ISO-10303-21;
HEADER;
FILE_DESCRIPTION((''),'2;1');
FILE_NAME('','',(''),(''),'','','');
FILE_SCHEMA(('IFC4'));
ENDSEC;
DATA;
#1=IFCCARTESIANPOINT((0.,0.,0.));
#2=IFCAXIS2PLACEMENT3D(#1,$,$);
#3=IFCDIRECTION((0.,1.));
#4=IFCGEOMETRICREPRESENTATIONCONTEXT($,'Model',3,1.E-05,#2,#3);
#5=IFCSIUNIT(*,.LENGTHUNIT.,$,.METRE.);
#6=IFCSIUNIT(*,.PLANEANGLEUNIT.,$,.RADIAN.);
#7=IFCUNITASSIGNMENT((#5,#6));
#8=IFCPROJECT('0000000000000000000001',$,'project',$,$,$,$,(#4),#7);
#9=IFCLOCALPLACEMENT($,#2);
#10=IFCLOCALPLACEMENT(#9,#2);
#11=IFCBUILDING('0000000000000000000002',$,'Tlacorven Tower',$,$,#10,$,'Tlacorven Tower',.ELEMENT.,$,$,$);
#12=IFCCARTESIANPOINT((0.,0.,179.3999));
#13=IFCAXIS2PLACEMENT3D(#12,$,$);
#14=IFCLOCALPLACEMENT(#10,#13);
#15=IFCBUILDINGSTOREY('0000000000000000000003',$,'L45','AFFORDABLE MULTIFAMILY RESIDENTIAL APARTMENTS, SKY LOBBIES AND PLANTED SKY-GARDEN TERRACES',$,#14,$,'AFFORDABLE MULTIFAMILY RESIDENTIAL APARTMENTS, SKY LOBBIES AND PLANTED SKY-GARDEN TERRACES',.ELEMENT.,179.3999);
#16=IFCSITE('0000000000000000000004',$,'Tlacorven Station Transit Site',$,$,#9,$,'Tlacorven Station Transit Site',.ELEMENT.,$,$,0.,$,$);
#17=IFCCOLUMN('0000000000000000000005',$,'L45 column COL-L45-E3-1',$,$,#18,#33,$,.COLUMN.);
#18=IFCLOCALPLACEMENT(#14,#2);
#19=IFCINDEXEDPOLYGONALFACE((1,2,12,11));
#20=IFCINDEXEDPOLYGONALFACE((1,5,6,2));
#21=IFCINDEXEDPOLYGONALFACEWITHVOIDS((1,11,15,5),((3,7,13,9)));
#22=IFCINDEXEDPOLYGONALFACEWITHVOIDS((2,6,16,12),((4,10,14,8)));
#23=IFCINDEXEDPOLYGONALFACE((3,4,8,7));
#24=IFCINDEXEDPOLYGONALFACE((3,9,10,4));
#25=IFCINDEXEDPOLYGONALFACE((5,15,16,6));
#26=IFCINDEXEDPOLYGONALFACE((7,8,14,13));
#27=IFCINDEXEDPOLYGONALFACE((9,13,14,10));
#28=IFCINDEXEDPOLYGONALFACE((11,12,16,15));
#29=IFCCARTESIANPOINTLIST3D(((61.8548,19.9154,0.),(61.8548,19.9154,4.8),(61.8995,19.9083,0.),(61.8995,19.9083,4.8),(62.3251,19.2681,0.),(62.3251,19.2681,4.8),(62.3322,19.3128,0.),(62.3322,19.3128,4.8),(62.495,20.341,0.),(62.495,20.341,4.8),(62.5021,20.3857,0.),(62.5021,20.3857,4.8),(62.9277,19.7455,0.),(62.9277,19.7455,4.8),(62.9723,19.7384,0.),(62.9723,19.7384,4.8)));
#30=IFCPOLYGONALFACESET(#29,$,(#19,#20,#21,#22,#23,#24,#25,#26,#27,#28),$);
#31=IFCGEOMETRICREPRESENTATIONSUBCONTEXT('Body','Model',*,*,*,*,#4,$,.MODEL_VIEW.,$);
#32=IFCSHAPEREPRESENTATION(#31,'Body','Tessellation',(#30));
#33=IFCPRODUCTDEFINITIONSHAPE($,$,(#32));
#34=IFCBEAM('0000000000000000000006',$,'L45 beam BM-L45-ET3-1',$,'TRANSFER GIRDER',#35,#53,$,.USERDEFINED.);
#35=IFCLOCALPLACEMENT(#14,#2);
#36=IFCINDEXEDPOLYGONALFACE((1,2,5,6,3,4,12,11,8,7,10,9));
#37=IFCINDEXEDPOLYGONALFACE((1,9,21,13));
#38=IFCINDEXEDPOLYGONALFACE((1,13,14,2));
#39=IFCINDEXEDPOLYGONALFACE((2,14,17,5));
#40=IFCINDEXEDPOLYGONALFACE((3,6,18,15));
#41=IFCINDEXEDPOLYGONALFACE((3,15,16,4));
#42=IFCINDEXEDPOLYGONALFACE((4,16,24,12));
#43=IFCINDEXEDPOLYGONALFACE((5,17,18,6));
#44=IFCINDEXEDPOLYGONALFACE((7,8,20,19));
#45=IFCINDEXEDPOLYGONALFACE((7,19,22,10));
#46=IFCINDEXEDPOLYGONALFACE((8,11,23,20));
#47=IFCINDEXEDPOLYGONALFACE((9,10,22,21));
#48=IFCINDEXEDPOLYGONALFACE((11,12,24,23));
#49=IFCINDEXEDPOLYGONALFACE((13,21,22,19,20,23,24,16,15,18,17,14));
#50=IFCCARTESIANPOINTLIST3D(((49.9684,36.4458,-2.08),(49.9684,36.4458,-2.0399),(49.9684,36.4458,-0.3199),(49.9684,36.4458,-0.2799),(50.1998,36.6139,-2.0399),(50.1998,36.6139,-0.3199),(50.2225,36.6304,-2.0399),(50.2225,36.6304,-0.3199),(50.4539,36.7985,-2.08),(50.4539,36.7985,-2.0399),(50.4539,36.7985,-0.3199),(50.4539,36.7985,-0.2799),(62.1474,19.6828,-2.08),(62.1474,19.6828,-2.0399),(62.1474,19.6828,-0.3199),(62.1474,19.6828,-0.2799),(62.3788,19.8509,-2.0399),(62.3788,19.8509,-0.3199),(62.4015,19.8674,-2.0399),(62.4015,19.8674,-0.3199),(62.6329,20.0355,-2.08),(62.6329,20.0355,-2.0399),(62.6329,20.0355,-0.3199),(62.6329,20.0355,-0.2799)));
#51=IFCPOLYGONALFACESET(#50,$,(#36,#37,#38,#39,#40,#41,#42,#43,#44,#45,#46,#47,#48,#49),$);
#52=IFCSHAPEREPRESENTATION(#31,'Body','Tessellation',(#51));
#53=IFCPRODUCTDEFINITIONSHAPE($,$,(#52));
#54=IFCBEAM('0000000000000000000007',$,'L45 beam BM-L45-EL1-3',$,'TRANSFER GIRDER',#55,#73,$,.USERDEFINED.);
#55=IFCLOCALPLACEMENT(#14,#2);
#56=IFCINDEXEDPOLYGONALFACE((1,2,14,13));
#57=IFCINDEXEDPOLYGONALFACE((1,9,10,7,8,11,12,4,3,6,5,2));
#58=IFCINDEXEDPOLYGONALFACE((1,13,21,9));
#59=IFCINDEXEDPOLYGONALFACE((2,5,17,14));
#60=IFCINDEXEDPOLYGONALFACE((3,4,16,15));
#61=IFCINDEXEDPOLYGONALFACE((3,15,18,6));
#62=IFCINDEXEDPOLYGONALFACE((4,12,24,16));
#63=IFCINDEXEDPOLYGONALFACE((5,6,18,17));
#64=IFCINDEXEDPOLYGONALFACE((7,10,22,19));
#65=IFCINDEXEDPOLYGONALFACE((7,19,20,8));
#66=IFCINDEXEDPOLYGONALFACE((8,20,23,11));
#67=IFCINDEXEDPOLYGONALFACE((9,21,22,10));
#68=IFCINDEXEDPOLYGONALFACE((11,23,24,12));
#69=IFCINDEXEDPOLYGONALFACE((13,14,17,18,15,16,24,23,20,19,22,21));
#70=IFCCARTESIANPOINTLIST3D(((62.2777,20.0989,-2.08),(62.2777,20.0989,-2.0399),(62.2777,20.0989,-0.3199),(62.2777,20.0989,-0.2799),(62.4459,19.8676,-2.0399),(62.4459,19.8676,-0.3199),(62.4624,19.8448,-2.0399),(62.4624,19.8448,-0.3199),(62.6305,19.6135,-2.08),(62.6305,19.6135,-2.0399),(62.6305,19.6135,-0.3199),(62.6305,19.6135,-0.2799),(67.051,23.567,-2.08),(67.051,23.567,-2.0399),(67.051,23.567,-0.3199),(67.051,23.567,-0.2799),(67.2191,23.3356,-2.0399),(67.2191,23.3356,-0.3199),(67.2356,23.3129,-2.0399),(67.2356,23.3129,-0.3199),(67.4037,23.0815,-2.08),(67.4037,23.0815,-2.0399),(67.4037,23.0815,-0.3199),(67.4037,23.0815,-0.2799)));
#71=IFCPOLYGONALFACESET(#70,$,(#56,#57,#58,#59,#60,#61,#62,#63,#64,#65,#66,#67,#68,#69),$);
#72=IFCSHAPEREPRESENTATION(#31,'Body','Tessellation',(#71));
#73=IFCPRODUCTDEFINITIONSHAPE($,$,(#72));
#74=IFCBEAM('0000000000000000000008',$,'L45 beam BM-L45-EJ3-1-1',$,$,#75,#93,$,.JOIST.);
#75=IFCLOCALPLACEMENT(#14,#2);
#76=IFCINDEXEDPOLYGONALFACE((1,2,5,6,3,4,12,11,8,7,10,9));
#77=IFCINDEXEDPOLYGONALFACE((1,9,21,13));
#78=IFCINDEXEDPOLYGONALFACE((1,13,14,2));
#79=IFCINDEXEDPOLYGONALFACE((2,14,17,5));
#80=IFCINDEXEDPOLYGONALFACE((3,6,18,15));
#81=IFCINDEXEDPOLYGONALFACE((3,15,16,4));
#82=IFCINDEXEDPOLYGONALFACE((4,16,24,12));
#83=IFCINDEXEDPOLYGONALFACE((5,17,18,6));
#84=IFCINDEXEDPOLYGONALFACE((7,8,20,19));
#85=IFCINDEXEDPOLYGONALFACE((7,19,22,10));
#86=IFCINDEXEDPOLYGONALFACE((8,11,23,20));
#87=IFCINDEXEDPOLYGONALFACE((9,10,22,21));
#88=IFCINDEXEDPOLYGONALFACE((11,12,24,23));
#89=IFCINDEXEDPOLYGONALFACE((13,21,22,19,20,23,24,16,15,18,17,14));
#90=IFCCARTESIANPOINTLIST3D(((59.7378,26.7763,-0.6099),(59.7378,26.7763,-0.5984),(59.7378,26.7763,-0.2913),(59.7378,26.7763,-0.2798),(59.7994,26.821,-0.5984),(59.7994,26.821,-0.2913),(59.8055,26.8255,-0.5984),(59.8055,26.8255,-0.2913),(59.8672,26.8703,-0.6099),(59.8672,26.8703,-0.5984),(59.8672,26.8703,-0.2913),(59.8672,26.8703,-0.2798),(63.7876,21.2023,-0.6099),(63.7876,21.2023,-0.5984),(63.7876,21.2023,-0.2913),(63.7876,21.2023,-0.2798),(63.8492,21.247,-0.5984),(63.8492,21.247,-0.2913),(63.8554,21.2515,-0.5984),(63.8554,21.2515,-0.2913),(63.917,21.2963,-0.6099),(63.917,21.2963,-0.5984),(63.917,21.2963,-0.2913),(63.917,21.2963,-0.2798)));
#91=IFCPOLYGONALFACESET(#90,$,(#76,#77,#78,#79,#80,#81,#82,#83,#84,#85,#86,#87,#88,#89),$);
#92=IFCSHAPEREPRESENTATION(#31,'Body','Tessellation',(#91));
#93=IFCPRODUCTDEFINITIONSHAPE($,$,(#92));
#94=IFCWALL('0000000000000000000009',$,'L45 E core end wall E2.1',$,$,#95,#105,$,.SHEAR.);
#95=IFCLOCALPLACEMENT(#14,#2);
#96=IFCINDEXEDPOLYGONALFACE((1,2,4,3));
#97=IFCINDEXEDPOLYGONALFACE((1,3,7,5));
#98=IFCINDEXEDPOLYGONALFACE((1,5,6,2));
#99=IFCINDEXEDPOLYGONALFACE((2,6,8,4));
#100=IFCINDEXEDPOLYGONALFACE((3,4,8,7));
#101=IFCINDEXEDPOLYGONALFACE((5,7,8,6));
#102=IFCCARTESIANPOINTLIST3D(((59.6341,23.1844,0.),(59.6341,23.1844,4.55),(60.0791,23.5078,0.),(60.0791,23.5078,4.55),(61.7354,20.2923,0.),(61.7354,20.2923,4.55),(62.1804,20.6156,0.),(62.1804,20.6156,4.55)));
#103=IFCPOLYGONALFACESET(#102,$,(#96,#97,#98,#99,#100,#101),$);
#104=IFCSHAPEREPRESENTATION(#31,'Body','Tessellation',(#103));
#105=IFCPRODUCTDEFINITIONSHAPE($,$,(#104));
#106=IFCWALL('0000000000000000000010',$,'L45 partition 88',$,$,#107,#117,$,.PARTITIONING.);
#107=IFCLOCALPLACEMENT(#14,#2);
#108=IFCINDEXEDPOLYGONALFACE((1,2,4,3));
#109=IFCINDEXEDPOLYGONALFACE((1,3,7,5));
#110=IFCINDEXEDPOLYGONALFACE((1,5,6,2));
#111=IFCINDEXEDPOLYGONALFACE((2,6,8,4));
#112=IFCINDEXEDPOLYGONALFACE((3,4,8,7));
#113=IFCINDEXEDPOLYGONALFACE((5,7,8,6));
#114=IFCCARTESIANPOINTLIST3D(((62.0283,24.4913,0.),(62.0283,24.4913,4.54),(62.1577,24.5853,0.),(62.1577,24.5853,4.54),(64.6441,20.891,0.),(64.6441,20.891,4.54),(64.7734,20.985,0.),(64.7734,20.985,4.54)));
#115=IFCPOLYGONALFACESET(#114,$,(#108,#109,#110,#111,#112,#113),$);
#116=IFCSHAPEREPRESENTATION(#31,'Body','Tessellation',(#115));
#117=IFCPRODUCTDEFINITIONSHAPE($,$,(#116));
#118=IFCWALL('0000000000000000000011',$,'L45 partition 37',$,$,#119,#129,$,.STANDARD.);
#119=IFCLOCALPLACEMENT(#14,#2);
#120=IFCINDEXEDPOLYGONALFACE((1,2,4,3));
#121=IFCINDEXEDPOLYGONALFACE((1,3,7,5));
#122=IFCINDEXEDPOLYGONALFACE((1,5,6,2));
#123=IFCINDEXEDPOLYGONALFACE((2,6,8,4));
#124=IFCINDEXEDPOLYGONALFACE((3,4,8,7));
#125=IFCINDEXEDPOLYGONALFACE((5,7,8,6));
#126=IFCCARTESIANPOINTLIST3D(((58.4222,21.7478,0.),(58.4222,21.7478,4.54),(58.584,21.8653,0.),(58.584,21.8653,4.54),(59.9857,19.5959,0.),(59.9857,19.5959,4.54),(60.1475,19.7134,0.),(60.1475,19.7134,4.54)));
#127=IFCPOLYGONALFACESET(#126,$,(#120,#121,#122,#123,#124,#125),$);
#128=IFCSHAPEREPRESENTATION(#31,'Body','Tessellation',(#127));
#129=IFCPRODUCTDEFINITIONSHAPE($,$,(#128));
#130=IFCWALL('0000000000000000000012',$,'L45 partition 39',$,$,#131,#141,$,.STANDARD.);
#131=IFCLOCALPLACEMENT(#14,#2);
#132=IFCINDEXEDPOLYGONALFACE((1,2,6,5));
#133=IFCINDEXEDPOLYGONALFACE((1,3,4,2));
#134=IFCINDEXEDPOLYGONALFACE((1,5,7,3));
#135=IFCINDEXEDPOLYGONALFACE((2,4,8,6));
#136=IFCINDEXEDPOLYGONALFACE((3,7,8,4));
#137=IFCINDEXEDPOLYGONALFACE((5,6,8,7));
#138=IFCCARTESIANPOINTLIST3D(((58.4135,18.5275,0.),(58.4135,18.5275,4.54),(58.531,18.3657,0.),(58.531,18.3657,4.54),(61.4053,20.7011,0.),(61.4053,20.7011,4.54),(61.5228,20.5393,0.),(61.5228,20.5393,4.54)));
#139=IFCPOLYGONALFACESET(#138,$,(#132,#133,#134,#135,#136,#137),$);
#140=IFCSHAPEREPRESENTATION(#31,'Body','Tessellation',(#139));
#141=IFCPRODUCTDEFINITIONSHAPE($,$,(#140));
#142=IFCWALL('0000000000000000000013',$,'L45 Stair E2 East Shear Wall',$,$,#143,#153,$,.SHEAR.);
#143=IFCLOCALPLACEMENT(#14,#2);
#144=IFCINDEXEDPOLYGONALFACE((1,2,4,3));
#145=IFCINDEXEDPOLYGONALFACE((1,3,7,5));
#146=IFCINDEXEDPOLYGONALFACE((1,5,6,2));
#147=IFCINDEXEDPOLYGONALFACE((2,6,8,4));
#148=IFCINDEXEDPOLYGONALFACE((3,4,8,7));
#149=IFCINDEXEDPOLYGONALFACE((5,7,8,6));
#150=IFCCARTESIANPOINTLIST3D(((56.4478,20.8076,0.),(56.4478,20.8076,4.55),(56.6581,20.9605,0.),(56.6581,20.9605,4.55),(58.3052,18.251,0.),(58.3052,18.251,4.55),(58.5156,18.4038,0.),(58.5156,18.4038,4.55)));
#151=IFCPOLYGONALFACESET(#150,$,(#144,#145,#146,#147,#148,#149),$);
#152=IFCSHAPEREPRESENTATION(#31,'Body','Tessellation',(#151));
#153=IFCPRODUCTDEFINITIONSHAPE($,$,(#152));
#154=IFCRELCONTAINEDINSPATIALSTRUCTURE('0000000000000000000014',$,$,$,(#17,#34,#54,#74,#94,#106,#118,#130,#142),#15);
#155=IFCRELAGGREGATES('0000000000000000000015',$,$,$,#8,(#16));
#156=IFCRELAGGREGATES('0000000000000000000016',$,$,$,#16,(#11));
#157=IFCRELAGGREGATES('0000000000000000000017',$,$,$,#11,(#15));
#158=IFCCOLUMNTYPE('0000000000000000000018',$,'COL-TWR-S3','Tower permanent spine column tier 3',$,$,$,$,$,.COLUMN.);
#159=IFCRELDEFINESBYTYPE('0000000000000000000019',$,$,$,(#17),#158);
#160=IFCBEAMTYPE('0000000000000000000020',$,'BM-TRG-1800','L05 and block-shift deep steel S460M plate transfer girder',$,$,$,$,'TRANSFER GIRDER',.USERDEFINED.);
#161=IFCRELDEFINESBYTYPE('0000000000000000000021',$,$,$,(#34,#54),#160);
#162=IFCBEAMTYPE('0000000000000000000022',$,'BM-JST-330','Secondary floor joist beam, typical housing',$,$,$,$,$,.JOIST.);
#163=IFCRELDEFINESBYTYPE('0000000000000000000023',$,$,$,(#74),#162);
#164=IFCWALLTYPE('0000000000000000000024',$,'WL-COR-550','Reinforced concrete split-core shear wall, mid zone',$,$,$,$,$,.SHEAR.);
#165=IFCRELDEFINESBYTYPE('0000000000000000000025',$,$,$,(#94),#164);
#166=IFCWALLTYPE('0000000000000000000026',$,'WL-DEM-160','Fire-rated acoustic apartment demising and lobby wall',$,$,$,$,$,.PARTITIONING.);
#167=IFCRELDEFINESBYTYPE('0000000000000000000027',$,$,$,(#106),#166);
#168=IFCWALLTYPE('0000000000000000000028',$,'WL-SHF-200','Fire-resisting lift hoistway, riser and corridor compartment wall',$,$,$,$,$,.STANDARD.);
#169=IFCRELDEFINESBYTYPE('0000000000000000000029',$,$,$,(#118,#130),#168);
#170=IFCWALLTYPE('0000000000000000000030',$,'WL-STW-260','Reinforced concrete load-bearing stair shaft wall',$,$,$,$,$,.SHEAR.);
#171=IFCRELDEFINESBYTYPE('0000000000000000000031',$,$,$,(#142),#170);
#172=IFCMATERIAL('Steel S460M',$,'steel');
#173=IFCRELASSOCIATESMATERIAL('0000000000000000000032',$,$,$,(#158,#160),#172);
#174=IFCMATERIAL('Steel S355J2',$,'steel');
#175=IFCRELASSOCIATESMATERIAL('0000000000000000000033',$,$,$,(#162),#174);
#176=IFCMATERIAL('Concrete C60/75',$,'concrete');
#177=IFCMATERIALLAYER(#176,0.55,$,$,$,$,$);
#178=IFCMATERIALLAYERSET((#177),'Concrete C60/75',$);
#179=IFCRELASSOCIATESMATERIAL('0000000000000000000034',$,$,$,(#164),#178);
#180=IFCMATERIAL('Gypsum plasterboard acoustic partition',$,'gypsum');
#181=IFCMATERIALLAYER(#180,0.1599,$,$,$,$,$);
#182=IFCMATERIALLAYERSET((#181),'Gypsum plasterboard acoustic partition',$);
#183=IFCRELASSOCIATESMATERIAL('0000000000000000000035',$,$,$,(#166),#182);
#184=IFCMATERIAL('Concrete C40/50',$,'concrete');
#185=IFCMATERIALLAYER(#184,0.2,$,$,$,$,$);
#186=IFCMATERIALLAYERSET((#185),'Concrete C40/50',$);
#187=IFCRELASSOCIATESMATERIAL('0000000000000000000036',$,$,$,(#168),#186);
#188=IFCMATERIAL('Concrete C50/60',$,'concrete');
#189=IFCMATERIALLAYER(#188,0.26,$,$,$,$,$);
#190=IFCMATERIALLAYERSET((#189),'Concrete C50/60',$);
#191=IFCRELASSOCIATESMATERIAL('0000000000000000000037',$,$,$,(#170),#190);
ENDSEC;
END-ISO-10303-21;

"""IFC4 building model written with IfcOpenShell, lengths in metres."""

from ifc_helpers import new_model, si_unit, direction, frame, frame_2d, origin, origin_2d, place, context, subcontext, project, spatial, rectangle, hollow_rectangle, i_section, extrude, source, transform, mapped, material, layer, layer_set, material_profile, profile_set, type_object, element, save


model = new_model("IFC4")

# Units and contexts
model_context = context("Model", 3, precision=1e-05, world=origin(), true_north=direction((0.0, 1.0)))
body_context = subcontext(model_context, "Body", "Model", "MODEL_VIEW")
ifc_project = project(units=[si_unit("LENGTHUNIT", "METRE"), si_unit("PLANEANGLEUNIT", "RADIAN")], contexts=[model_context])

# Site, building, storey
site_placement = place(None, origin())
site = spatial("IfcSite", under=ifc_project, at=site_placement, Name="Tlacorven Station Transit Site", LongName="Tlacorven Station Transit Site", CompositionType="ELEMENT", RefElevation=0.0)
building_placement = place(site_placement, origin())
building = spatial("IfcBuilding", under=site, at=building_placement, Name="Tlacorven Tower", LongName="Tlacorven Tower", CompositionType="ELEMENT")
storey_placement = place(building_placement, frame((0.0, 0.0, 179.3999)))
storey = spatial("IfcBuildingStorey", under=building, at=storey_placement, Name="L45", Description="AFFORDABLE MULTIFAMILY RESIDENTIAL APARTMENTS, SKY LOBBIES AND PLANTED SKY-GARDEN TERRACES", LongName="AFFORDABLE MULTIFAMILY RESIDENTIAL APARTMENTS, SKY LOBBIES AND PLANTED SKY-GARDEN TERRACES", CompositionType="ELEMENT", Elevation=179.3999)

# Column
ifc_material_1 = material(Name="Steel S460M", Category="steel")
ifc_material_profile_1 = material_profile(ifc_material_1, hollow_rectangle(XDim=0.8, YDim=0.8, WallThickness=0.032, at=origin_2d()), Name="BOX 800X800X32")
ifc_profile_set_1 = profile_set([ifc_material_profile_1], Name="Steel S460M")
column_type = type_object("IfcColumnType", Name="COL-TWR-S3", Description="Tower permanent spine column tier 3", PredefinedType="COLUMN", material=ifc_profile_set_1)
shared_shape_1 = source(origin(), body_context, "Body", "SweptSolid", [
    extrude(hollow_rectangle(XDim=0.8, YDim=0.8, WallThickness=0.032, at=origin_2d()), origin(), (0.0, 0.0, 1.0), 4.8),
])
column_placement = place(storey_placement, frame((62.4136, 19.8269, 0.0), z_axis=(0.0, 0.0, 1.0), x_axis=(0.809017, 0.587785, 0.0)))
element("IfcColumn", 1, at=column_placement, inside=storey, type_object=column_type, Name="L45 column COL-L45-E3-1", PredefinedType="COLUMN", context=body_context, shape_type="MappedRepresentation", body=[
    mapped(shared_shape_1, transform((0.0, 0.0, 0.0), scale=1.0)),
])

# Beams
ifc_material_profile_2 = material_profile(ifc_material_1, i_section(OverallWidth=0.6001, OverallDepth=1.8, WebThickness=0.0281, FlangeThickness=0.04, at=origin_2d()), Name="PG 1800X600X28X40")
ifc_profile_set_2 = profile_set([ifc_material_profile_2], Name="Steel S460M")
beam_type_1 = type_object("IfcBeamType", Name="BM-TRG-1800", Description="L05 and block-shift deep steel S460M plate transfer girder", ElementType="TRANSFER GIRDER", PredefinedType="USERDEFINED", material=ifc_profile_set_2)
shared_shape_2 = source(origin(), body_context, "Body", "SweptSolid", [
    extrude(i_section(OverallWidth=0.6001, OverallDepth=1.8, WebThickness=0.0281, FlangeThickness=0.04, at=origin_2d()), origin(), (0.0, 0.0, 1.0), 20.7202),
])
beam_1_placement = place(storey_placement, frame((62.3901, 19.8591, -1.1799), z_axis=(-0.587784, 0.809018, 0.0), x_axis=(-0.809018, -0.587784, 0.0)))
element("IfcBeam", 2, at=beam_1_placement, inside=storey, type_object=beam_type_1, Name="L45 beam BM-L45-ET3-1", ObjectType="TRANSFER GIRDER", PredefinedType="USERDEFINED", context=body_context, shape_type="MappedRepresentation", body=[
    mapped(shared_shape_2, transform((0.0, 0.0, 0.0), scale=1.0)),
])
shared_shape_3 = source(origin(), body_context, "Body", "SweptSolid", [
    extrude(i_section(OverallWidth=0.6001, OverallDepth=1.8, WebThickness=0.0281, FlangeThickness=0.04, at=origin_2d()), origin(), (0.0, 0.0, 1.0), 5.9001),
])
beam_2_placement = place(storey_placement, frame((62.4541, 19.8562, -1.1799), z_axis=(0.80901, 0.587795, 0.0), x_axis=(-0.587795, 0.80901, 0.0)))
element("IfcBeam", 3, at=beam_2_placement, inside=storey, type_object=beam_type_1, Name="L45 beam BM-L45-EL1-3", ObjectType="TRANSFER GIRDER", PredefinedType="USERDEFINED", context=body_context, shape_type="MappedRepresentation", body=[
    mapped(shared_shape_3, transform((0.0, 0.0, 0.0), scale=1.0)),
])
ifc_material_2 = material(Name="Steel S355J2", Category="steel")
ifc_material_profile_3 = material_profile(ifc_material_2, i_section(OverallWidth=0.1599, OverallDepth=0.3301, WebThickness=0.0076, FlangeThickness=0.0115, at=origin_2d()), Name="IPE 330")
ifc_profile_set_3 = profile_set([ifc_material_profile_3], Name="Steel S355J2")
beam_type_2 = type_object("IfcBeamType", Name="BM-JST-330", Description="Secondary floor joist beam, typical housing", PredefinedType="JOIST", material=ifc_profile_set_3)
shared_shape_4 = source(origin(), body_context, "Body", "SweptSolid", [
    extrude(i_section(OverallWidth=0.1599, OverallDepth=0.3301, WebThickness=0.0076, FlangeThickness=0.0115, at=origin_2d()), origin(), (0.0, 0.0, 1.0), 6.8899),
])
beam_3_placement = place(storey_placement, frame((63.8523, 21.2493, -0.4448), z_axis=(-0.587792, 0.809012, 0.0), x_axis=(-0.809012, -0.587792, 0.0)))
element("IfcBeam", 4, at=beam_3_placement, inside=storey, type_object=beam_type_2, Name="L45 beam BM-L45-EJ3-1-1", PredefinedType="JOIST", context=body_context, shape_type="MappedRepresentation", body=[
    mapped(shared_shape_4, transform((0.0, 0.0, 0.0), scale=1.0)),
])

# Walls
ifc_material_3 = material(Name="Concrete C60/75", Category="concrete")
ifc_layer_1 = layer(ifc_material_3, 0.55)
ifc_layer_set_1 = layer_set([ifc_layer_1], Name="Concrete C60/75")
wall_type_1 = type_object("IfcWallType", Name="WL-COR-550", Description="Reinforced concrete split-core shear wall, mid zone", PredefinedType="SHEAR", material=ifc_layer_set_1)
wall_1_placement = place(storey_placement, frame((61.958, 20.4539, 0.0), z_axis=(0.0, 0.0, 1.0), x_axis=(-0.587802, 0.809005, 0.0)))
element("IfcWall", 5, at=wall_1_placement, inside=storey, type_object=wall_type_1, Name="L45 E core end wall E2.1", PredefinedType="SHEAR", context=body_context, shape_type="SweptSolid", body=[
    extrude(rectangle(XDim=3.575, YDim=0.55, at=frame_2d((1.7876, 0.0))), origin(), (0.0, 0.0, 1.0), 4.55),
])
ifc_material_4 = material(Name="Gypsum plasterboard acoustic partition", Category="gypsum")
ifc_layer_2 = layer(ifc_material_4, 0.1599)
ifc_layer_set_2 = layer_set([ifc_layer_2], Name="Gypsum plasterboard acoustic partition")
wall_type_2 = type_object("IfcWallType", Name="WL-DEM-160", Description="Fire-rated acoustic apartment demising and lobby wall", PredefinedType="PARTITIONING", material=ifc_layer_set_2)
wall_2_placement = place(storey_placement, frame((64.7087, 20.938, 0.0), z_axis=(0.0, 0.0, 1.0), x_axis=(-0.587774, 0.809025, 0.0)))
element("IfcWall", 6, at=wall_2_placement, inside=storey, type_object=wall_type_2, Name="L45 partition 88", PredefinedType="PARTITIONING", context=body_context, shape_type="SweptSolid", body=[
    extrude(rectangle(XDim=4.4502, YDim=0.1599, at=frame_2d((2.2251, 0.0))), origin(), (0.0, 0.0, 1.0), 4.54),
])

# Shared definitions
ifc_material_5 = material(Name="Concrete C40/50", Category="concrete")
ifc_layer_3 = layer(ifc_material_5, 0.2)
ifc_layer_set_3 = layer_set([ifc_layer_3], Name="Concrete C40/50")
wall_type_3 = type_object("IfcWallType", Name="WL-SHF-200", Description="Fire-resisting lift hoistway, riser and corridor compartment wall", PredefinedType="STANDARD", material=ifc_layer_set_3)

# Walls
wall_3_placement = place(storey_placement, frame((60.0667, 19.6545, 0.0), z_axis=(0.0, 0.0, 1.0), x_axis=(-0.587801, 0.809006, 0.0)))
element("IfcWall", 7, at=wall_3_placement, inside=storey, type_object=wall_type_3, Name="L45 partition 37", PredefinedType="STANDARD", context=body_context, shape_type="SweptSolid", body=[
    extrude(rectangle(XDim=2.6599, YDim=0.2, at=frame_2d((1.3301, 0.0))), origin(), (0.0, 0.0, 1.0), 4.54),
])
wall_4_placement = place(storey_placement, frame((58.4722, 18.4465, 0.0), z_axis=(0.0, 0.0, 1.0), x_axis=(0.809019, 0.587783, 0.0)))
element("IfcWall", 8, at=wall_4_placement, inside=storey, type_object=wall_type_3, Name="L45 partition 39", PredefinedType="STANDARD", context=body_context, shape_type="SweptSolid", body=[
    extrude(rectangle(XDim=3.698, YDim=0.2, at=frame_2d((1.8491, 0.0))), origin(), (0.0, 0.0, 1.0), 4.54),
])
ifc_material_6 = material(Name="Concrete C50/60", Category="concrete")
ifc_layer_4 = layer(ifc_material_6, 0.26)
ifc_layer_set_4 = layer_set([ifc_layer_4], Name="Concrete C50/60")
wall_type_4 = type_object("IfcWallType", Name="WL-STW-260", Description="Reinforced concrete load-bearing stair shaft wall", PredefinedType="SHEAR", material=ifc_layer_set_4)
wall_5_placement = place(storey_placement, frame((58.4104, 18.3274, 0.0), z_axis=(0.0, 0.0, 1.0), x_axis=(-0.587767, 0.80903, 0.0)))
element("IfcWall", 9, at=wall_5_placement, inside=storey, type_object=wall_type_4, Name="L45 Stair E2 East Shear Wall", PredefinedType="SHEAR", context=body_context, shape_type="SweptSolid", body=[
    extrude(rectangle(XDim=3.1602, YDim=0.26, at=frame_2d((1.5801, 0.0))), origin(), (0.0, 0.0, 1.0), 4.55),
])

save(model, "model.ifc")
